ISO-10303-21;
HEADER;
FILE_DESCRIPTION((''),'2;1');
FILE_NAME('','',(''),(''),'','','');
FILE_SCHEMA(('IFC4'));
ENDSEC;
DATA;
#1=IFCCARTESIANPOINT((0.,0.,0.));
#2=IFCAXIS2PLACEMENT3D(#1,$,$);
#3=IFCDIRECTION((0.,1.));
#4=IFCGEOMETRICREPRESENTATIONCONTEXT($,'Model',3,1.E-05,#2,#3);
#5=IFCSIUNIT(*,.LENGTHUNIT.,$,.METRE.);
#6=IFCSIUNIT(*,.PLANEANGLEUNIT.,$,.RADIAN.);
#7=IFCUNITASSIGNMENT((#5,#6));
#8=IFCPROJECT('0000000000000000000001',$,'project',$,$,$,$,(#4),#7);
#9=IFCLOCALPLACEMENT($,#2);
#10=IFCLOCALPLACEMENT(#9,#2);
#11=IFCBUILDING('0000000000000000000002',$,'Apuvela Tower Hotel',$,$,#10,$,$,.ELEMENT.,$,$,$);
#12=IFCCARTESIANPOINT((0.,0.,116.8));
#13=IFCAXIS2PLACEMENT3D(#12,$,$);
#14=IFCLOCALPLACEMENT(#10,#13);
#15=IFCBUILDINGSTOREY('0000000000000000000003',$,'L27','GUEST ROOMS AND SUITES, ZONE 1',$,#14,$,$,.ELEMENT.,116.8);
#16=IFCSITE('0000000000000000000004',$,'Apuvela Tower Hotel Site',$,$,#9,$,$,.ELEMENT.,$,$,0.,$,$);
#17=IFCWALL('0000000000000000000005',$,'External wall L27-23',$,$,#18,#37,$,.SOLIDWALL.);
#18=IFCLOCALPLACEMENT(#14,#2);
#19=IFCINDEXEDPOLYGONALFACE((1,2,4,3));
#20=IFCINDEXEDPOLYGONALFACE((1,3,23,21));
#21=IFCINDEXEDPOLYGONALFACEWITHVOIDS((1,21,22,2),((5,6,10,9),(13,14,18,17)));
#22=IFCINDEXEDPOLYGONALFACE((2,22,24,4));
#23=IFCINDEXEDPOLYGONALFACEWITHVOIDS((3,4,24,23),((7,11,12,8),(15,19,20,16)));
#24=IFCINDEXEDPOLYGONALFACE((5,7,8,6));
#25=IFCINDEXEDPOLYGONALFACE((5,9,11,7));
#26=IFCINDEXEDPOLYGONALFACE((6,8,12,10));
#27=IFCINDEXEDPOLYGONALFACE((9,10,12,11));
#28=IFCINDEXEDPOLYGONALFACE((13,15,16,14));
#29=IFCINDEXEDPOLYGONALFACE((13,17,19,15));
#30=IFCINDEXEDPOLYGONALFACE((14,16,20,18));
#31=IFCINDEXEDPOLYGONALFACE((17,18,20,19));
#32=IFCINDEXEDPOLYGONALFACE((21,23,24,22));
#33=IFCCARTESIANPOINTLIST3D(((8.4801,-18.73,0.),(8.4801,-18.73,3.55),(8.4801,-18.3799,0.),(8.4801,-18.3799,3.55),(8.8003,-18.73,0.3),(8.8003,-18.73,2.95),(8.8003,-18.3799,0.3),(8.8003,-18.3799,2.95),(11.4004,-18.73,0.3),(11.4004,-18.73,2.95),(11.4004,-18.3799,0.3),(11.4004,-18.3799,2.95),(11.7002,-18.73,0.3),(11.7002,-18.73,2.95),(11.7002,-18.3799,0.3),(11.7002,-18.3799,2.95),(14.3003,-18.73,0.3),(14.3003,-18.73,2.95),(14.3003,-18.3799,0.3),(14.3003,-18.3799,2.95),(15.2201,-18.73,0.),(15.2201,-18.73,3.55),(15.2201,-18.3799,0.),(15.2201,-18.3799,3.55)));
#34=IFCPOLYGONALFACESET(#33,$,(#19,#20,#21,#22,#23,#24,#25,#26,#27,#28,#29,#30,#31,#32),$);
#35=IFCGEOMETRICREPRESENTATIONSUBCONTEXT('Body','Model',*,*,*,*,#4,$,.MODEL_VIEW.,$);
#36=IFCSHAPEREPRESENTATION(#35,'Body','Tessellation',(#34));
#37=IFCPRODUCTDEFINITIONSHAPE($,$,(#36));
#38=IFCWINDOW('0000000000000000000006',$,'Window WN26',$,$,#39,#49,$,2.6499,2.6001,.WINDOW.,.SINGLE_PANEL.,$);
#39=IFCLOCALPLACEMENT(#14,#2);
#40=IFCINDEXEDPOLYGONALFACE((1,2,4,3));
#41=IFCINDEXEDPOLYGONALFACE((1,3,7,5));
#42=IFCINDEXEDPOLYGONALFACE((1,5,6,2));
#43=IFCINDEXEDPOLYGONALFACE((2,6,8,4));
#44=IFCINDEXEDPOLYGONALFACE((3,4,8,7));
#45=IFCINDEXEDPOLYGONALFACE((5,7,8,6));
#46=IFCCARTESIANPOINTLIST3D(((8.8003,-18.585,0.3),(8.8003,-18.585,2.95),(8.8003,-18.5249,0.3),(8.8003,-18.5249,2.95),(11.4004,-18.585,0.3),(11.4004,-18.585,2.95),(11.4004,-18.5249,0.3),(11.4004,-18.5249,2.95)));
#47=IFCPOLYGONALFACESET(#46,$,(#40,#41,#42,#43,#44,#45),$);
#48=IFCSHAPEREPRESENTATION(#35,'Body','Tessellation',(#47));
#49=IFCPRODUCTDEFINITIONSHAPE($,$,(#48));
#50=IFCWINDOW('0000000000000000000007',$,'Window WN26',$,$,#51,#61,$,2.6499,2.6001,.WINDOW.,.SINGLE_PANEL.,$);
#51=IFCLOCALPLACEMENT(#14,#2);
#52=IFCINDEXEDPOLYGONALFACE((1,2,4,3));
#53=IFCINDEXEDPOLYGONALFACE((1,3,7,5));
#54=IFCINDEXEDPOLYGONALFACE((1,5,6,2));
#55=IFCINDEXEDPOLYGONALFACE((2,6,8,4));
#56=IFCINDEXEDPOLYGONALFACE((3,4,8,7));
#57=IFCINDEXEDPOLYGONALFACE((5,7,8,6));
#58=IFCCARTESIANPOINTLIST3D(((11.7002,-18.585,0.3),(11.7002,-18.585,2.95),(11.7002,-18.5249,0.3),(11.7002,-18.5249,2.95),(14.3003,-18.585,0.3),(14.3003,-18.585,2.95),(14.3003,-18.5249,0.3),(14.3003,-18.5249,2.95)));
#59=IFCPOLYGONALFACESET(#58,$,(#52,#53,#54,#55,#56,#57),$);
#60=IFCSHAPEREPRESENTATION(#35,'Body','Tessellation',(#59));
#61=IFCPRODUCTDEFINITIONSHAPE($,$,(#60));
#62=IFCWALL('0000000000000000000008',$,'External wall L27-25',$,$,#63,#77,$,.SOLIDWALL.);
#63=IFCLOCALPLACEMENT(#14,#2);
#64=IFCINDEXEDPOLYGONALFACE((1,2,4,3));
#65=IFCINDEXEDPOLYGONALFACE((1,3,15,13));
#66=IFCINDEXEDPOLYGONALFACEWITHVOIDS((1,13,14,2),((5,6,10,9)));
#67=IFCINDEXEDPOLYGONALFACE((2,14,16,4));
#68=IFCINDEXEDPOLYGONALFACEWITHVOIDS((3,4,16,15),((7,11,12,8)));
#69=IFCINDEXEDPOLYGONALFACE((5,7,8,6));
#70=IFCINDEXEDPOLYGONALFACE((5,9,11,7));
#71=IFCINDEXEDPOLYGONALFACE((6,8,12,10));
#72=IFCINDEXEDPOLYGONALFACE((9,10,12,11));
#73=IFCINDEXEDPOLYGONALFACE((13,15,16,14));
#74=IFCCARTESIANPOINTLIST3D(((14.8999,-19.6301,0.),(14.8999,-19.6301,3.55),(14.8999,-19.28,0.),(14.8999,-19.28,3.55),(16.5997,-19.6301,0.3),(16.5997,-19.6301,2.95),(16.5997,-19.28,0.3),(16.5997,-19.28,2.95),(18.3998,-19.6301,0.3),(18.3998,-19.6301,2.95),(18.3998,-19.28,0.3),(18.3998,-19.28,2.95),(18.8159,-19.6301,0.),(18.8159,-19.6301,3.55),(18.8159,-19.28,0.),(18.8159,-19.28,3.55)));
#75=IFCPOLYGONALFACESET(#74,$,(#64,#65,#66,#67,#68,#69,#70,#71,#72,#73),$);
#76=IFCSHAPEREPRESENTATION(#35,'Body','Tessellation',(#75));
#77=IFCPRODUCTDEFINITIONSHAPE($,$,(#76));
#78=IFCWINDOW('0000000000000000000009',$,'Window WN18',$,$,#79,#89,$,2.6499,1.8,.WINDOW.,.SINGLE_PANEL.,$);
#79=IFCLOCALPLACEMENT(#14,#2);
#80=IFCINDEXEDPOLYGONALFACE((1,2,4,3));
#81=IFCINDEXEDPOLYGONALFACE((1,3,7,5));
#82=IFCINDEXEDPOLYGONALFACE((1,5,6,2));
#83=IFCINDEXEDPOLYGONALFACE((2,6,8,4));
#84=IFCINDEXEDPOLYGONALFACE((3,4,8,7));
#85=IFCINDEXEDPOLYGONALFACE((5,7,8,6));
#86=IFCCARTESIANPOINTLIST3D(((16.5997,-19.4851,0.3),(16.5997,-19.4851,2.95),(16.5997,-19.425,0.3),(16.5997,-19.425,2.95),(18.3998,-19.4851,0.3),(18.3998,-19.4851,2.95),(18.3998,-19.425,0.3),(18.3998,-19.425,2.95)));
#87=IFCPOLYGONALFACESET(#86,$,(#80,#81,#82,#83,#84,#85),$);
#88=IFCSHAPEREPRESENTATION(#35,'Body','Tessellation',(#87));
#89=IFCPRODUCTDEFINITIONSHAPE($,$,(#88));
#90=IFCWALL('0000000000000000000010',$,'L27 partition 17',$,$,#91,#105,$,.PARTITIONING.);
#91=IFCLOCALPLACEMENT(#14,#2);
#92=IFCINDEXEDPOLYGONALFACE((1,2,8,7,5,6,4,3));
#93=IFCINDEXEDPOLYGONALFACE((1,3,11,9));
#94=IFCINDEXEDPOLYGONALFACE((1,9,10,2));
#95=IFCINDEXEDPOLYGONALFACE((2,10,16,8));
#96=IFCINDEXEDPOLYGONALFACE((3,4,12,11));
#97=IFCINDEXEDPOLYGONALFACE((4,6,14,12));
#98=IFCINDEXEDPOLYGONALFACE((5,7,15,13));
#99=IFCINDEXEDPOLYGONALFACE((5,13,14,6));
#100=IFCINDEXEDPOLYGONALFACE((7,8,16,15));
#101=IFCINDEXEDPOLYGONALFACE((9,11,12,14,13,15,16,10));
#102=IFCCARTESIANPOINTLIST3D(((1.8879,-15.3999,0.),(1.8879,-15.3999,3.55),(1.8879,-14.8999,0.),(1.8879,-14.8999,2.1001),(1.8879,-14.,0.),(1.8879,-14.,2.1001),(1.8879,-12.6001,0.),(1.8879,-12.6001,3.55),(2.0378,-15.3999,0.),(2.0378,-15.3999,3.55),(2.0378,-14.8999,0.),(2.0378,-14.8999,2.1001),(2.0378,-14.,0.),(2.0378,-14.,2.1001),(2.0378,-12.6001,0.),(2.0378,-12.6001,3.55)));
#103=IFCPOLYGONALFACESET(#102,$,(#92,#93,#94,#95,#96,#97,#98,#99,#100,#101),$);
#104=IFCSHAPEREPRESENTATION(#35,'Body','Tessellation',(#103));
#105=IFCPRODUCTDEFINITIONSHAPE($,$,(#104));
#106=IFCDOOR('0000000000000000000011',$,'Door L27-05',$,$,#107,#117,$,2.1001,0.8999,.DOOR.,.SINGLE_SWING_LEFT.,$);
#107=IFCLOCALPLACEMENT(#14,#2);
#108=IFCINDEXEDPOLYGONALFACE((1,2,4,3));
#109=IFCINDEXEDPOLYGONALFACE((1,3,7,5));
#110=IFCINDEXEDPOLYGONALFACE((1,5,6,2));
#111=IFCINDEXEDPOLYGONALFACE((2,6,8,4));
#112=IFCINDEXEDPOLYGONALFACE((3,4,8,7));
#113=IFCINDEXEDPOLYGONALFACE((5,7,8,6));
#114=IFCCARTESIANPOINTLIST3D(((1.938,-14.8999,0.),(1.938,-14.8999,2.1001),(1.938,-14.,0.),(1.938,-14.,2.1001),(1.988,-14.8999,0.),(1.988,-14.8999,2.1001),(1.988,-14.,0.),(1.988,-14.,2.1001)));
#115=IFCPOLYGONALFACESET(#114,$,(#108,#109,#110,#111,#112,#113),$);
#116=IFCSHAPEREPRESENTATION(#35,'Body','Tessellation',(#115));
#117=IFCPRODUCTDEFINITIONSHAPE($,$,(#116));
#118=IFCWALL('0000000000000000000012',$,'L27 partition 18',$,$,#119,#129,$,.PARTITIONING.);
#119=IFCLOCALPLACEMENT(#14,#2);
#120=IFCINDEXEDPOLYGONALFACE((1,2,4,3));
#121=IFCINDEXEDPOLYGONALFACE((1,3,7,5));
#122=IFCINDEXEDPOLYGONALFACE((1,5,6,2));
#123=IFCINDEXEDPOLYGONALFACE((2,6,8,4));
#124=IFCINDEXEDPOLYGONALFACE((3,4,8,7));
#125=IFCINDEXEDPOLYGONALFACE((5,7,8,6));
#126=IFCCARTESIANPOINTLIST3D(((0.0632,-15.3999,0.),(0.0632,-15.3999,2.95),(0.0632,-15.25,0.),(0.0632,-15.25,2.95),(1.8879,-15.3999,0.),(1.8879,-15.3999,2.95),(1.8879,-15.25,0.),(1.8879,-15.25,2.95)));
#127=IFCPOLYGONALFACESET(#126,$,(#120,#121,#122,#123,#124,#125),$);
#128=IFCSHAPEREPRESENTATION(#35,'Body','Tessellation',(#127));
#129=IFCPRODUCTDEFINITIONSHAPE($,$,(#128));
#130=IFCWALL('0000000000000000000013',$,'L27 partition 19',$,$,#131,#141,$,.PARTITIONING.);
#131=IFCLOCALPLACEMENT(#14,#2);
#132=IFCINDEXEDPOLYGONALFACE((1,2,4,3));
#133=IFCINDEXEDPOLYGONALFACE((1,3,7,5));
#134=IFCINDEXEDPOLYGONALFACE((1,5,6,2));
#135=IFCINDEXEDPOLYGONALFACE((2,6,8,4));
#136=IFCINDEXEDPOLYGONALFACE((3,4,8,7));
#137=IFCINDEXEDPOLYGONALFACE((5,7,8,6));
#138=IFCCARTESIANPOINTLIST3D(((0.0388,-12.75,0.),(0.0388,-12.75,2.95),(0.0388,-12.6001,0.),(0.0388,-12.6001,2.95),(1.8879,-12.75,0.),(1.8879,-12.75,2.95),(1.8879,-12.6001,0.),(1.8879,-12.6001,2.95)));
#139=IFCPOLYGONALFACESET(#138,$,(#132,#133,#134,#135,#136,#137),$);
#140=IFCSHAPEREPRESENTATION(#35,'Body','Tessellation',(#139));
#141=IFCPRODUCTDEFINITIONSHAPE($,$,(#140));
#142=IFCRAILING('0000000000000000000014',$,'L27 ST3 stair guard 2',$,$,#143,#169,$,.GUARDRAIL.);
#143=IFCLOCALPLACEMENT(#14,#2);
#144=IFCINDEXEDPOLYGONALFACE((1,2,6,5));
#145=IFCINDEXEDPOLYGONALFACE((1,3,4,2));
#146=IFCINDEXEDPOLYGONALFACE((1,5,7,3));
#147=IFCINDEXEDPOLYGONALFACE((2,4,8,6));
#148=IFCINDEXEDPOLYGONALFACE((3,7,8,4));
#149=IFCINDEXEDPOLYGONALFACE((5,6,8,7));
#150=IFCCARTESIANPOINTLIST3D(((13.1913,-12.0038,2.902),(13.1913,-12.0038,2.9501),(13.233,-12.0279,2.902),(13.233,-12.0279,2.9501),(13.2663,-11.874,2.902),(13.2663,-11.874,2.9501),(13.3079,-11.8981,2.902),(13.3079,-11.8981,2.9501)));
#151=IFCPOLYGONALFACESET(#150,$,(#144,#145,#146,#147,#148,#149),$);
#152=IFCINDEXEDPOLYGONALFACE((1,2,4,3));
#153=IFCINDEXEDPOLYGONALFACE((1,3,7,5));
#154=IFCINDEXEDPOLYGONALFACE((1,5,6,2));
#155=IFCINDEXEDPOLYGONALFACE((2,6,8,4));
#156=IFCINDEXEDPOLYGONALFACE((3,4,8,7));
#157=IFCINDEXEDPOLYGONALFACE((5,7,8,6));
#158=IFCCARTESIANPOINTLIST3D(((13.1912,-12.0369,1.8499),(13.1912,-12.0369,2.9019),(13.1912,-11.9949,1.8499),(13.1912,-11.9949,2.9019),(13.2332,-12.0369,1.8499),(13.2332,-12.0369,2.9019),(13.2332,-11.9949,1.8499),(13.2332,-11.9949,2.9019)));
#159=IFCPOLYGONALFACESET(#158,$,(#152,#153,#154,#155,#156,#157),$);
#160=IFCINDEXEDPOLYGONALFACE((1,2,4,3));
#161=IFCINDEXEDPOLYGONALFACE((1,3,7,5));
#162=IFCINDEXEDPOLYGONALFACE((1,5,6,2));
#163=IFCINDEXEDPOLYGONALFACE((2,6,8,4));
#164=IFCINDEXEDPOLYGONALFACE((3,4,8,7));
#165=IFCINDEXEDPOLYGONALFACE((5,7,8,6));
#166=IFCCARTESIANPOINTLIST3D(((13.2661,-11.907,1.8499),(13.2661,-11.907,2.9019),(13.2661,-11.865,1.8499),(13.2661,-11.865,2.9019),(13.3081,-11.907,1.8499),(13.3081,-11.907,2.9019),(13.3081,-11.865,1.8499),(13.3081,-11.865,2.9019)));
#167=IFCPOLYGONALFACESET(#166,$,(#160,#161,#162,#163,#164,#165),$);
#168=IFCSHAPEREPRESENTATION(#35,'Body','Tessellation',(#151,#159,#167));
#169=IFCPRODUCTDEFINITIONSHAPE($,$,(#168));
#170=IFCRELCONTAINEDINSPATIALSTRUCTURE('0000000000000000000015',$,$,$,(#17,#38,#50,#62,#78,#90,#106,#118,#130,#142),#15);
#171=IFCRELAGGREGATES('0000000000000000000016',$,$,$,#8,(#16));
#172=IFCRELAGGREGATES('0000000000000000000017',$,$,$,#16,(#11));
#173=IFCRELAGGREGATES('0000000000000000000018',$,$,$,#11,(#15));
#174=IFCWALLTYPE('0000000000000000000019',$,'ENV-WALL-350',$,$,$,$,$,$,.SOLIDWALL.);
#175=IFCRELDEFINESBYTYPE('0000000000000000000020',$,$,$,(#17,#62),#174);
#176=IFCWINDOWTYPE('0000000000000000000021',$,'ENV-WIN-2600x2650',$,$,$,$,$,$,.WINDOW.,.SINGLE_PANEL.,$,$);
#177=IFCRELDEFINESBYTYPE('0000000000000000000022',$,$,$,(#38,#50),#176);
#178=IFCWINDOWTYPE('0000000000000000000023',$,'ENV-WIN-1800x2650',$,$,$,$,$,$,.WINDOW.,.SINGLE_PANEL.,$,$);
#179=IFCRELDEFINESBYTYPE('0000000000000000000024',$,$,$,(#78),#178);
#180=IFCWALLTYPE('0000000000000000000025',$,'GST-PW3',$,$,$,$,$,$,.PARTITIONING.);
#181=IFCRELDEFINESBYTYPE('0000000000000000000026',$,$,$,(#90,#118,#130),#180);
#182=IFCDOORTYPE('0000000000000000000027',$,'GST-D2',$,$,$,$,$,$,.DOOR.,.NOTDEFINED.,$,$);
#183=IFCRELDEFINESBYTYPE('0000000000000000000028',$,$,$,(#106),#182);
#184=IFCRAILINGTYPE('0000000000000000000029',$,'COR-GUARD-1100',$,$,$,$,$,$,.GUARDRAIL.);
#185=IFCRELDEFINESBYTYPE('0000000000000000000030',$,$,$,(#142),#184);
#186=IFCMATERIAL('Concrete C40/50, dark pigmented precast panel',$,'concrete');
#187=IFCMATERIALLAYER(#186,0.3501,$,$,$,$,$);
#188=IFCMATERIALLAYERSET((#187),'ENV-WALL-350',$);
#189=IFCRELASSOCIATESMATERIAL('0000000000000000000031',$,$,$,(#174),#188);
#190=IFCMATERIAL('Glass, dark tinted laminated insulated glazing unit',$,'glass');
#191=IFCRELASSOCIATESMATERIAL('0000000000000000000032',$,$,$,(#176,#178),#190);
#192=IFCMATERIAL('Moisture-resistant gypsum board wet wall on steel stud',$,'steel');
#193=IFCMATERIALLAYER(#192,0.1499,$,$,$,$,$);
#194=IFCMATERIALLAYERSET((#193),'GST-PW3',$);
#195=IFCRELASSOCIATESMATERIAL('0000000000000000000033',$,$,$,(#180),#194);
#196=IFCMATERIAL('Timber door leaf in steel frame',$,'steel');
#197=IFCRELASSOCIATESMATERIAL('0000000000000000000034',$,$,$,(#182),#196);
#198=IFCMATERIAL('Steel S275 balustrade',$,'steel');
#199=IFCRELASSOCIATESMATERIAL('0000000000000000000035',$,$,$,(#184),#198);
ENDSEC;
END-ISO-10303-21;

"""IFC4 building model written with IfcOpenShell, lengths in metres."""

from ifc_helpers import new_model, si_unit, direction, frame, frame_2d, origin, origin_2d, place, context, subcontext, project, spatial, rectangle, extrude, material, layer, layer_set, type_object, element, fill, save


model = new_model("IFC4")

# Units and contexts
model_context = context("Model", 3, precision=1e-05, world=origin(), true_north=direction((0.0, 1.0)))
body_context = subcontext(model_context, "Body", "Model", "MODEL_VIEW")
ifc_project = project(units=[si_unit("LENGTHUNIT", "METRE"), si_unit("PLANEANGLEUNIT", "RADIAN")], contexts=[model_context])

# Site, building, storey
site_placement = place(None, origin())
site = spatial("IfcSite", under=ifc_project, at=site_placement, Name="Apuvela Tower Hotel Site", CompositionType="ELEMENT", RefElevation=0.0)
building_placement = place(site_placement, origin())
building = spatial("IfcBuilding", under=site, at=building_placement, Name="Apuvela Tower Hotel", CompositionType="ELEMENT")
storey_placement = place(building_placement, frame((0.0, 0.0, 116.8)))
storey = spatial("IfcBuildingStorey", under=building, at=storey_placement, Name="L27", Description="GUEST ROOMS AND SUITES, ZONE 1", CompositionType="ELEMENT", Elevation=116.8)

# Shared definitions
ifc_material_1 = material(Name="Concrete C40/50, dark pigmented precast panel", Category="concrete")
ifc_layer_1 = layer(ifc_material_1, 0.3501)
ifc_layer_set_1 = layer_set([ifc_layer_1], Name="ENV-WALL-350")
wall_type_1 = type_object("IfcWallType", Name="ENV-WALL-350", PredefinedType="SOLIDWALL", material=ifc_layer_set_1)

# Wall, openings, windows
wall_1_placement = place(storey_placement, frame((8.48, -18.5549, 0.0), z_axis=(0.0, 0.0, 1.0), x_axis=(1.0, 0.0, 0.0)))
wall_1 = element("IfcWall", 1, at=wall_1_placement, inside=storey, type_object=wall_type_1, Name="External wall L27-23", PredefinedType="SOLIDWALL", context=body_context, shape_type="SweptSolid", body=[
    extrude(rectangle(XDim=6.74, YDim=0.3501, at=frame_2d((3.3701, 0.0))), origin(), (0.0, 0.0, 1.0), 3.55),
])
opening_1_placement = place(wall_1_placement, frame((0.3203, 0.0, 0.3)))
opening_1 = element("IfcOpeningElement", 2, at=opening_1_placement, cuts=wall_1, PredefinedType="OPENING", context=body_context, shape_type="SweptSolid", body=[
    extrude(rectangle(XDim=2.6001, YDim=2.6499, at=frame_2d((1.3, 1.325))), frame((0.0, 0.1851, 0.0), z_axis=(0.0, -1.0, 0.0), x_axis=(1.0, 0.0, 0.0)), (0.0, 0.0, 1.0), 0.3701),
])
opening_2_placement = place(wall_1_placement, frame((3.2202, 0.0, 0.3)))
opening_2 = element("IfcOpeningElement", 3, at=opening_2_placement, cuts=wall_1, PredefinedType="OPENING", context=body_context, shape_type="SweptSolid", body=[
    extrude(rectangle(XDim=2.6001, YDim=2.6499, at=frame_2d((1.3, 1.325))), frame((0.0, 0.1851, 0.0), z_axis=(0.0, -1.0, 0.0), x_axis=(1.0, 0.0, 0.0)), (0.0, 0.0, 1.0), 0.3701),
])
ifc_material_2 = material(Name="Glass, dark tinted laminated insulated glazing unit", Category="glass")
window_type_1 = type_object("IfcWindowType", Name="ENV-WIN-2600x2650", PartitioningType="SINGLE_PANEL", PredefinedType="WINDOW", material=ifc_material_2)
window_1_placement = place(opening_1_placement, origin())
window_1 = element("IfcWindow", 4, at=window_1_placement, inside=storey, type_object=window_type_1, Name="Window WN26", OverallHeight=2.6499, OverallWidth=2.6001, PartitioningType="SINGLE_PANEL", PredefinedType="WINDOW", context=body_context, shape_type="SweptSolid", body=[
    extrude(rectangle(XDim=2.6001, YDim=2.6499, at=frame_2d((1.3, 1.325))), frame((0.0, 0.03, 0.0), z_axis=(0.0, -1.0, 0.0), x_axis=(1.0, 0.0, 0.0)), (0.0, 0.0, 1.0), 0.0601),
])
fill(opening_1, window_1)
window_2_placement = place(opening_2_placement, origin())
window_2 = element("IfcWindow", 5, at=window_2_placement, inside=storey, type_object=window_type_1, Name="Window WN26", OverallHeight=2.6499, OverallWidth=2.6001, PartitioningType="SINGLE_PANEL", PredefinedType="WINDOW", context=body_context, shape_type="SweptSolid", body=[
    extrude(rectangle(XDim=2.6001, YDim=2.6499, at=frame_2d((1.3, 1.325))), frame((0.0, 0.03, 0.0), z_axis=(0.0, -1.0, 0.0), x_axis=(1.0, 0.0, 0.0)), (0.0, 0.0, 1.0), 0.0601),
])
fill(opening_2, window_2)

# Wall, opening, window
wall_2_placement = place(storey_placement, frame((14.8999, -19.4551, 0.0), z_axis=(0.0, 0.0, 1.0), x_axis=(1.0, 0.0, 0.0)))
wall_2 = element("IfcWall", 6, at=wall_2_placement, inside=storey, type_object=wall_type_1, Name="External wall L27-25", PredefinedType="SOLIDWALL", context=body_context, shape_type="SweptSolid", body=[
    extrude(rectangle(XDim=3.916, YDim=0.3501, at=frame_2d((1.958, 0.0))), origin(), (0.0, 0.0, 1.0), 3.55),
])
opening_3_placement = place(wall_2_placement, frame((1.7, 0.0, 0.3)))
opening_3 = element("IfcOpeningElement", 7, at=opening_3_placement, cuts=wall_2, PredefinedType="OPENING", context=body_context, shape_type="SweptSolid", body=[
    extrude(rectangle(XDim=1.8, YDim=2.6499, at=frame_2d((0.8999, 1.325))), frame((0.0, 0.1851, 0.0), z_axis=(0.0, -1.0, 0.0), x_axis=(1.0, 0.0, 0.0)), (0.0, 0.0, 1.0), 0.3701),
])
window_type_2 = type_object("IfcWindowType", Name="ENV-WIN-1800x2650", PartitioningType="SINGLE_PANEL", PredefinedType="WINDOW", material=ifc_material_2)
window_3_placement = place(opening_3_placement, origin())
window_3 = element("IfcWindow", 8, at=window_3_placement, inside=storey, type_object=window_type_2, Name="Window WN18", OverallHeight=2.6499, OverallWidth=1.8, PartitioningType="SINGLE_PANEL", PredefinedType="WINDOW", context=body_context, shape_type="SweptSolid", body=[
    extrude(rectangle(XDim=1.8, YDim=2.6499, at=frame_2d((0.8999, 1.325))), frame((0.0, 0.03, 0.0), z_axis=(0.0, -1.0, 0.0), x_axis=(1.0, 0.0, 0.0)), (0.0, 0.0, 1.0), 0.0601),
])
fill(opening_3, window_3)

# Wall, opening, door
ifc_material_3 = material(Name="Moisture-resistant gypsum board wet wall on steel stud", Category="steel")
ifc_layer_2 = layer(ifc_material_3, 0.1499)
ifc_layer_set_2 = layer_set([ifc_layer_2], Name="GST-PW3")
wall_type_2 = type_object("IfcWallType", Name="GST-PW3", PredefinedType="PARTITIONING", material=ifc_layer_set_2)
wall_3_placement = place(storey_placement, frame((1.9629, -15.3999, 0.0), z_axis=(0.0, 0.0, 1.0), x_axis=(0.0, 1.0, 0.0)))
wall_3 = element("IfcWall", 9, at=wall_3_placement, inside=storey, type_object=wall_type_2, Name="L27 partition 17", PredefinedType="PARTITIONING", context=body_context, shape_type="SweptSolid", body=[
    extrude(rectangle(XDim=2.7998, YDim=0.1499, at=frame_2d((1.3999, 0.0))), origin(), (0.0, 0.0, 1.0), 3.55),
])
opening_4_placement = place(wall_3_placement, frame((0.5, 0.0, 0.0)))
opening_4 = element("IfcOpeningElement", 10, at=opening_4_placement, cuts=wall_3, PredefinedType="OPENING", context=body_context, shape_type="SweptSolid", body=[
    extrude(rectangle(XDim=0.8999, YDim=2.1001, at=frame_2d((0.45, 1.05))), frame((0.0, 0.085, 0.0), z_axis=(0.0, -1.0, 0.0), x_axis=(1.0, 0.0, 0.0)), (0.0, 0.0, 1.0), 0.1699),
])
ifc_material_4 = material(Name="Timber door leaf in steel frame", Category="steel")
door_type = type_object("IfcDoorType", Name="GST-D2", OperationType="NOTDEFINED", PredefinedType="DOOR", material=ifc_material_4)
door_placement = place(opening_4_placement, origin())
door = element("IfcDoor", 11, at=door_placement, inside=storey, type_object=door_type, Name="Door L27-05", OperationType="SINGLE_SWING_LEFT", OverallHeight=2.1001, OverallWidth=0.8999, PredefinedType="DOOR", context=body_context, shape_type="SweptSolid", body=[
    extrude(rectangle(XDim=0.8999, YDim=2.1001, at=frame_2d((0.45, 1.05))), frame((0.0, 0.0249, 0.0), z_axis=(0.0, -1.0, 0.0), x_axis=(1.0, 0.0, 0.0)), (0.0, 0.0, 1.0), 0.05),
])
fill(opening_4, door)

# Walls
wall_4_placement = place(storey_placement, frame((0.0632, -15.325, 0.0), z_axis=(0.0, 0.0, 1.0), x_axis=(1.0, 0.0, 0.0)))
element("IfcWall", 12, at=wall_4_placement, inside=storey, type_object=wall_type_2, Name="L27 partition 18", PredefinedType="PARTITIONING", context=body_context, shape_type="SweptSolid", body=[
    extrude(rectangle(XDim=1.8247, YDim=0.1499, at=frame_2d((0.9124, 0.0))), origin(), (0.0, 0.0, 1.0), 2.95),
])
wall_5_placement = place(storey_placement, frame((0.0388, -12.675, 0.0), z_axis=(0.0, 0.0, 1.0), x_axis=(1.0, 0.0, 0.0)))
element("IfcWall", 13, at=wall_5_placement, inside=storey, type_object=wall_type_2, Name="L27 partition 19", PredefinedType="PARTITIONING", context=body_context, shape_type="SweptSolid", body=[
    extrude(rectangle(XDim=1.8491, YDim=0.1499, at=frame_2d((0.9246, 0.0))), origin(), (0.0, 0.0, 1.0), 2.95),
])

# Railing
ifc_material_5 = material(Name="Steel S275 balustrade", Category="steel")
railing_type_1 = type_object("IfcRailingType", Name="COR-GUARD-1100", PredefinedType="GUARDRAIL", material=ifc_material_5)
railing_1_placement = place(storey_placement, frame((13.2122, -12.0159, 1.8499)))
element("IfcRailing", 14, at=railing_1_placement, inside=storey, type_object=railing_type_1, Name="L27 ST3 stair guard 2", PredefinedType="GUARDRAIL", context=body_context, shape_type="SweptSolid", body=[
    extrude(rectangle(XDim=0.0481, YDim=0.0481, at=origin_2d()), frame((0.0, 0.0, 1.0762), z_axis=(0.499816, 0.866131, 0.0), x_axis=(-0.866131, 0.499816, 0.0)), (0.0, 0.0, 1.0), 0.1499),
    extrude(rectangle(XDim=0.042, YDim=0.042, at=origin_2d()), origin(), (0.0, 0.0, 1.0), 1.052),
    extrude(rectangle(XDim=0.042, YDim=0.042, at=origin_2d()), frame((0.075, 0.1299, 0.0)), (0.0, 0.0, 1.0), 1.052),
])

save(model, "model.ifc")
